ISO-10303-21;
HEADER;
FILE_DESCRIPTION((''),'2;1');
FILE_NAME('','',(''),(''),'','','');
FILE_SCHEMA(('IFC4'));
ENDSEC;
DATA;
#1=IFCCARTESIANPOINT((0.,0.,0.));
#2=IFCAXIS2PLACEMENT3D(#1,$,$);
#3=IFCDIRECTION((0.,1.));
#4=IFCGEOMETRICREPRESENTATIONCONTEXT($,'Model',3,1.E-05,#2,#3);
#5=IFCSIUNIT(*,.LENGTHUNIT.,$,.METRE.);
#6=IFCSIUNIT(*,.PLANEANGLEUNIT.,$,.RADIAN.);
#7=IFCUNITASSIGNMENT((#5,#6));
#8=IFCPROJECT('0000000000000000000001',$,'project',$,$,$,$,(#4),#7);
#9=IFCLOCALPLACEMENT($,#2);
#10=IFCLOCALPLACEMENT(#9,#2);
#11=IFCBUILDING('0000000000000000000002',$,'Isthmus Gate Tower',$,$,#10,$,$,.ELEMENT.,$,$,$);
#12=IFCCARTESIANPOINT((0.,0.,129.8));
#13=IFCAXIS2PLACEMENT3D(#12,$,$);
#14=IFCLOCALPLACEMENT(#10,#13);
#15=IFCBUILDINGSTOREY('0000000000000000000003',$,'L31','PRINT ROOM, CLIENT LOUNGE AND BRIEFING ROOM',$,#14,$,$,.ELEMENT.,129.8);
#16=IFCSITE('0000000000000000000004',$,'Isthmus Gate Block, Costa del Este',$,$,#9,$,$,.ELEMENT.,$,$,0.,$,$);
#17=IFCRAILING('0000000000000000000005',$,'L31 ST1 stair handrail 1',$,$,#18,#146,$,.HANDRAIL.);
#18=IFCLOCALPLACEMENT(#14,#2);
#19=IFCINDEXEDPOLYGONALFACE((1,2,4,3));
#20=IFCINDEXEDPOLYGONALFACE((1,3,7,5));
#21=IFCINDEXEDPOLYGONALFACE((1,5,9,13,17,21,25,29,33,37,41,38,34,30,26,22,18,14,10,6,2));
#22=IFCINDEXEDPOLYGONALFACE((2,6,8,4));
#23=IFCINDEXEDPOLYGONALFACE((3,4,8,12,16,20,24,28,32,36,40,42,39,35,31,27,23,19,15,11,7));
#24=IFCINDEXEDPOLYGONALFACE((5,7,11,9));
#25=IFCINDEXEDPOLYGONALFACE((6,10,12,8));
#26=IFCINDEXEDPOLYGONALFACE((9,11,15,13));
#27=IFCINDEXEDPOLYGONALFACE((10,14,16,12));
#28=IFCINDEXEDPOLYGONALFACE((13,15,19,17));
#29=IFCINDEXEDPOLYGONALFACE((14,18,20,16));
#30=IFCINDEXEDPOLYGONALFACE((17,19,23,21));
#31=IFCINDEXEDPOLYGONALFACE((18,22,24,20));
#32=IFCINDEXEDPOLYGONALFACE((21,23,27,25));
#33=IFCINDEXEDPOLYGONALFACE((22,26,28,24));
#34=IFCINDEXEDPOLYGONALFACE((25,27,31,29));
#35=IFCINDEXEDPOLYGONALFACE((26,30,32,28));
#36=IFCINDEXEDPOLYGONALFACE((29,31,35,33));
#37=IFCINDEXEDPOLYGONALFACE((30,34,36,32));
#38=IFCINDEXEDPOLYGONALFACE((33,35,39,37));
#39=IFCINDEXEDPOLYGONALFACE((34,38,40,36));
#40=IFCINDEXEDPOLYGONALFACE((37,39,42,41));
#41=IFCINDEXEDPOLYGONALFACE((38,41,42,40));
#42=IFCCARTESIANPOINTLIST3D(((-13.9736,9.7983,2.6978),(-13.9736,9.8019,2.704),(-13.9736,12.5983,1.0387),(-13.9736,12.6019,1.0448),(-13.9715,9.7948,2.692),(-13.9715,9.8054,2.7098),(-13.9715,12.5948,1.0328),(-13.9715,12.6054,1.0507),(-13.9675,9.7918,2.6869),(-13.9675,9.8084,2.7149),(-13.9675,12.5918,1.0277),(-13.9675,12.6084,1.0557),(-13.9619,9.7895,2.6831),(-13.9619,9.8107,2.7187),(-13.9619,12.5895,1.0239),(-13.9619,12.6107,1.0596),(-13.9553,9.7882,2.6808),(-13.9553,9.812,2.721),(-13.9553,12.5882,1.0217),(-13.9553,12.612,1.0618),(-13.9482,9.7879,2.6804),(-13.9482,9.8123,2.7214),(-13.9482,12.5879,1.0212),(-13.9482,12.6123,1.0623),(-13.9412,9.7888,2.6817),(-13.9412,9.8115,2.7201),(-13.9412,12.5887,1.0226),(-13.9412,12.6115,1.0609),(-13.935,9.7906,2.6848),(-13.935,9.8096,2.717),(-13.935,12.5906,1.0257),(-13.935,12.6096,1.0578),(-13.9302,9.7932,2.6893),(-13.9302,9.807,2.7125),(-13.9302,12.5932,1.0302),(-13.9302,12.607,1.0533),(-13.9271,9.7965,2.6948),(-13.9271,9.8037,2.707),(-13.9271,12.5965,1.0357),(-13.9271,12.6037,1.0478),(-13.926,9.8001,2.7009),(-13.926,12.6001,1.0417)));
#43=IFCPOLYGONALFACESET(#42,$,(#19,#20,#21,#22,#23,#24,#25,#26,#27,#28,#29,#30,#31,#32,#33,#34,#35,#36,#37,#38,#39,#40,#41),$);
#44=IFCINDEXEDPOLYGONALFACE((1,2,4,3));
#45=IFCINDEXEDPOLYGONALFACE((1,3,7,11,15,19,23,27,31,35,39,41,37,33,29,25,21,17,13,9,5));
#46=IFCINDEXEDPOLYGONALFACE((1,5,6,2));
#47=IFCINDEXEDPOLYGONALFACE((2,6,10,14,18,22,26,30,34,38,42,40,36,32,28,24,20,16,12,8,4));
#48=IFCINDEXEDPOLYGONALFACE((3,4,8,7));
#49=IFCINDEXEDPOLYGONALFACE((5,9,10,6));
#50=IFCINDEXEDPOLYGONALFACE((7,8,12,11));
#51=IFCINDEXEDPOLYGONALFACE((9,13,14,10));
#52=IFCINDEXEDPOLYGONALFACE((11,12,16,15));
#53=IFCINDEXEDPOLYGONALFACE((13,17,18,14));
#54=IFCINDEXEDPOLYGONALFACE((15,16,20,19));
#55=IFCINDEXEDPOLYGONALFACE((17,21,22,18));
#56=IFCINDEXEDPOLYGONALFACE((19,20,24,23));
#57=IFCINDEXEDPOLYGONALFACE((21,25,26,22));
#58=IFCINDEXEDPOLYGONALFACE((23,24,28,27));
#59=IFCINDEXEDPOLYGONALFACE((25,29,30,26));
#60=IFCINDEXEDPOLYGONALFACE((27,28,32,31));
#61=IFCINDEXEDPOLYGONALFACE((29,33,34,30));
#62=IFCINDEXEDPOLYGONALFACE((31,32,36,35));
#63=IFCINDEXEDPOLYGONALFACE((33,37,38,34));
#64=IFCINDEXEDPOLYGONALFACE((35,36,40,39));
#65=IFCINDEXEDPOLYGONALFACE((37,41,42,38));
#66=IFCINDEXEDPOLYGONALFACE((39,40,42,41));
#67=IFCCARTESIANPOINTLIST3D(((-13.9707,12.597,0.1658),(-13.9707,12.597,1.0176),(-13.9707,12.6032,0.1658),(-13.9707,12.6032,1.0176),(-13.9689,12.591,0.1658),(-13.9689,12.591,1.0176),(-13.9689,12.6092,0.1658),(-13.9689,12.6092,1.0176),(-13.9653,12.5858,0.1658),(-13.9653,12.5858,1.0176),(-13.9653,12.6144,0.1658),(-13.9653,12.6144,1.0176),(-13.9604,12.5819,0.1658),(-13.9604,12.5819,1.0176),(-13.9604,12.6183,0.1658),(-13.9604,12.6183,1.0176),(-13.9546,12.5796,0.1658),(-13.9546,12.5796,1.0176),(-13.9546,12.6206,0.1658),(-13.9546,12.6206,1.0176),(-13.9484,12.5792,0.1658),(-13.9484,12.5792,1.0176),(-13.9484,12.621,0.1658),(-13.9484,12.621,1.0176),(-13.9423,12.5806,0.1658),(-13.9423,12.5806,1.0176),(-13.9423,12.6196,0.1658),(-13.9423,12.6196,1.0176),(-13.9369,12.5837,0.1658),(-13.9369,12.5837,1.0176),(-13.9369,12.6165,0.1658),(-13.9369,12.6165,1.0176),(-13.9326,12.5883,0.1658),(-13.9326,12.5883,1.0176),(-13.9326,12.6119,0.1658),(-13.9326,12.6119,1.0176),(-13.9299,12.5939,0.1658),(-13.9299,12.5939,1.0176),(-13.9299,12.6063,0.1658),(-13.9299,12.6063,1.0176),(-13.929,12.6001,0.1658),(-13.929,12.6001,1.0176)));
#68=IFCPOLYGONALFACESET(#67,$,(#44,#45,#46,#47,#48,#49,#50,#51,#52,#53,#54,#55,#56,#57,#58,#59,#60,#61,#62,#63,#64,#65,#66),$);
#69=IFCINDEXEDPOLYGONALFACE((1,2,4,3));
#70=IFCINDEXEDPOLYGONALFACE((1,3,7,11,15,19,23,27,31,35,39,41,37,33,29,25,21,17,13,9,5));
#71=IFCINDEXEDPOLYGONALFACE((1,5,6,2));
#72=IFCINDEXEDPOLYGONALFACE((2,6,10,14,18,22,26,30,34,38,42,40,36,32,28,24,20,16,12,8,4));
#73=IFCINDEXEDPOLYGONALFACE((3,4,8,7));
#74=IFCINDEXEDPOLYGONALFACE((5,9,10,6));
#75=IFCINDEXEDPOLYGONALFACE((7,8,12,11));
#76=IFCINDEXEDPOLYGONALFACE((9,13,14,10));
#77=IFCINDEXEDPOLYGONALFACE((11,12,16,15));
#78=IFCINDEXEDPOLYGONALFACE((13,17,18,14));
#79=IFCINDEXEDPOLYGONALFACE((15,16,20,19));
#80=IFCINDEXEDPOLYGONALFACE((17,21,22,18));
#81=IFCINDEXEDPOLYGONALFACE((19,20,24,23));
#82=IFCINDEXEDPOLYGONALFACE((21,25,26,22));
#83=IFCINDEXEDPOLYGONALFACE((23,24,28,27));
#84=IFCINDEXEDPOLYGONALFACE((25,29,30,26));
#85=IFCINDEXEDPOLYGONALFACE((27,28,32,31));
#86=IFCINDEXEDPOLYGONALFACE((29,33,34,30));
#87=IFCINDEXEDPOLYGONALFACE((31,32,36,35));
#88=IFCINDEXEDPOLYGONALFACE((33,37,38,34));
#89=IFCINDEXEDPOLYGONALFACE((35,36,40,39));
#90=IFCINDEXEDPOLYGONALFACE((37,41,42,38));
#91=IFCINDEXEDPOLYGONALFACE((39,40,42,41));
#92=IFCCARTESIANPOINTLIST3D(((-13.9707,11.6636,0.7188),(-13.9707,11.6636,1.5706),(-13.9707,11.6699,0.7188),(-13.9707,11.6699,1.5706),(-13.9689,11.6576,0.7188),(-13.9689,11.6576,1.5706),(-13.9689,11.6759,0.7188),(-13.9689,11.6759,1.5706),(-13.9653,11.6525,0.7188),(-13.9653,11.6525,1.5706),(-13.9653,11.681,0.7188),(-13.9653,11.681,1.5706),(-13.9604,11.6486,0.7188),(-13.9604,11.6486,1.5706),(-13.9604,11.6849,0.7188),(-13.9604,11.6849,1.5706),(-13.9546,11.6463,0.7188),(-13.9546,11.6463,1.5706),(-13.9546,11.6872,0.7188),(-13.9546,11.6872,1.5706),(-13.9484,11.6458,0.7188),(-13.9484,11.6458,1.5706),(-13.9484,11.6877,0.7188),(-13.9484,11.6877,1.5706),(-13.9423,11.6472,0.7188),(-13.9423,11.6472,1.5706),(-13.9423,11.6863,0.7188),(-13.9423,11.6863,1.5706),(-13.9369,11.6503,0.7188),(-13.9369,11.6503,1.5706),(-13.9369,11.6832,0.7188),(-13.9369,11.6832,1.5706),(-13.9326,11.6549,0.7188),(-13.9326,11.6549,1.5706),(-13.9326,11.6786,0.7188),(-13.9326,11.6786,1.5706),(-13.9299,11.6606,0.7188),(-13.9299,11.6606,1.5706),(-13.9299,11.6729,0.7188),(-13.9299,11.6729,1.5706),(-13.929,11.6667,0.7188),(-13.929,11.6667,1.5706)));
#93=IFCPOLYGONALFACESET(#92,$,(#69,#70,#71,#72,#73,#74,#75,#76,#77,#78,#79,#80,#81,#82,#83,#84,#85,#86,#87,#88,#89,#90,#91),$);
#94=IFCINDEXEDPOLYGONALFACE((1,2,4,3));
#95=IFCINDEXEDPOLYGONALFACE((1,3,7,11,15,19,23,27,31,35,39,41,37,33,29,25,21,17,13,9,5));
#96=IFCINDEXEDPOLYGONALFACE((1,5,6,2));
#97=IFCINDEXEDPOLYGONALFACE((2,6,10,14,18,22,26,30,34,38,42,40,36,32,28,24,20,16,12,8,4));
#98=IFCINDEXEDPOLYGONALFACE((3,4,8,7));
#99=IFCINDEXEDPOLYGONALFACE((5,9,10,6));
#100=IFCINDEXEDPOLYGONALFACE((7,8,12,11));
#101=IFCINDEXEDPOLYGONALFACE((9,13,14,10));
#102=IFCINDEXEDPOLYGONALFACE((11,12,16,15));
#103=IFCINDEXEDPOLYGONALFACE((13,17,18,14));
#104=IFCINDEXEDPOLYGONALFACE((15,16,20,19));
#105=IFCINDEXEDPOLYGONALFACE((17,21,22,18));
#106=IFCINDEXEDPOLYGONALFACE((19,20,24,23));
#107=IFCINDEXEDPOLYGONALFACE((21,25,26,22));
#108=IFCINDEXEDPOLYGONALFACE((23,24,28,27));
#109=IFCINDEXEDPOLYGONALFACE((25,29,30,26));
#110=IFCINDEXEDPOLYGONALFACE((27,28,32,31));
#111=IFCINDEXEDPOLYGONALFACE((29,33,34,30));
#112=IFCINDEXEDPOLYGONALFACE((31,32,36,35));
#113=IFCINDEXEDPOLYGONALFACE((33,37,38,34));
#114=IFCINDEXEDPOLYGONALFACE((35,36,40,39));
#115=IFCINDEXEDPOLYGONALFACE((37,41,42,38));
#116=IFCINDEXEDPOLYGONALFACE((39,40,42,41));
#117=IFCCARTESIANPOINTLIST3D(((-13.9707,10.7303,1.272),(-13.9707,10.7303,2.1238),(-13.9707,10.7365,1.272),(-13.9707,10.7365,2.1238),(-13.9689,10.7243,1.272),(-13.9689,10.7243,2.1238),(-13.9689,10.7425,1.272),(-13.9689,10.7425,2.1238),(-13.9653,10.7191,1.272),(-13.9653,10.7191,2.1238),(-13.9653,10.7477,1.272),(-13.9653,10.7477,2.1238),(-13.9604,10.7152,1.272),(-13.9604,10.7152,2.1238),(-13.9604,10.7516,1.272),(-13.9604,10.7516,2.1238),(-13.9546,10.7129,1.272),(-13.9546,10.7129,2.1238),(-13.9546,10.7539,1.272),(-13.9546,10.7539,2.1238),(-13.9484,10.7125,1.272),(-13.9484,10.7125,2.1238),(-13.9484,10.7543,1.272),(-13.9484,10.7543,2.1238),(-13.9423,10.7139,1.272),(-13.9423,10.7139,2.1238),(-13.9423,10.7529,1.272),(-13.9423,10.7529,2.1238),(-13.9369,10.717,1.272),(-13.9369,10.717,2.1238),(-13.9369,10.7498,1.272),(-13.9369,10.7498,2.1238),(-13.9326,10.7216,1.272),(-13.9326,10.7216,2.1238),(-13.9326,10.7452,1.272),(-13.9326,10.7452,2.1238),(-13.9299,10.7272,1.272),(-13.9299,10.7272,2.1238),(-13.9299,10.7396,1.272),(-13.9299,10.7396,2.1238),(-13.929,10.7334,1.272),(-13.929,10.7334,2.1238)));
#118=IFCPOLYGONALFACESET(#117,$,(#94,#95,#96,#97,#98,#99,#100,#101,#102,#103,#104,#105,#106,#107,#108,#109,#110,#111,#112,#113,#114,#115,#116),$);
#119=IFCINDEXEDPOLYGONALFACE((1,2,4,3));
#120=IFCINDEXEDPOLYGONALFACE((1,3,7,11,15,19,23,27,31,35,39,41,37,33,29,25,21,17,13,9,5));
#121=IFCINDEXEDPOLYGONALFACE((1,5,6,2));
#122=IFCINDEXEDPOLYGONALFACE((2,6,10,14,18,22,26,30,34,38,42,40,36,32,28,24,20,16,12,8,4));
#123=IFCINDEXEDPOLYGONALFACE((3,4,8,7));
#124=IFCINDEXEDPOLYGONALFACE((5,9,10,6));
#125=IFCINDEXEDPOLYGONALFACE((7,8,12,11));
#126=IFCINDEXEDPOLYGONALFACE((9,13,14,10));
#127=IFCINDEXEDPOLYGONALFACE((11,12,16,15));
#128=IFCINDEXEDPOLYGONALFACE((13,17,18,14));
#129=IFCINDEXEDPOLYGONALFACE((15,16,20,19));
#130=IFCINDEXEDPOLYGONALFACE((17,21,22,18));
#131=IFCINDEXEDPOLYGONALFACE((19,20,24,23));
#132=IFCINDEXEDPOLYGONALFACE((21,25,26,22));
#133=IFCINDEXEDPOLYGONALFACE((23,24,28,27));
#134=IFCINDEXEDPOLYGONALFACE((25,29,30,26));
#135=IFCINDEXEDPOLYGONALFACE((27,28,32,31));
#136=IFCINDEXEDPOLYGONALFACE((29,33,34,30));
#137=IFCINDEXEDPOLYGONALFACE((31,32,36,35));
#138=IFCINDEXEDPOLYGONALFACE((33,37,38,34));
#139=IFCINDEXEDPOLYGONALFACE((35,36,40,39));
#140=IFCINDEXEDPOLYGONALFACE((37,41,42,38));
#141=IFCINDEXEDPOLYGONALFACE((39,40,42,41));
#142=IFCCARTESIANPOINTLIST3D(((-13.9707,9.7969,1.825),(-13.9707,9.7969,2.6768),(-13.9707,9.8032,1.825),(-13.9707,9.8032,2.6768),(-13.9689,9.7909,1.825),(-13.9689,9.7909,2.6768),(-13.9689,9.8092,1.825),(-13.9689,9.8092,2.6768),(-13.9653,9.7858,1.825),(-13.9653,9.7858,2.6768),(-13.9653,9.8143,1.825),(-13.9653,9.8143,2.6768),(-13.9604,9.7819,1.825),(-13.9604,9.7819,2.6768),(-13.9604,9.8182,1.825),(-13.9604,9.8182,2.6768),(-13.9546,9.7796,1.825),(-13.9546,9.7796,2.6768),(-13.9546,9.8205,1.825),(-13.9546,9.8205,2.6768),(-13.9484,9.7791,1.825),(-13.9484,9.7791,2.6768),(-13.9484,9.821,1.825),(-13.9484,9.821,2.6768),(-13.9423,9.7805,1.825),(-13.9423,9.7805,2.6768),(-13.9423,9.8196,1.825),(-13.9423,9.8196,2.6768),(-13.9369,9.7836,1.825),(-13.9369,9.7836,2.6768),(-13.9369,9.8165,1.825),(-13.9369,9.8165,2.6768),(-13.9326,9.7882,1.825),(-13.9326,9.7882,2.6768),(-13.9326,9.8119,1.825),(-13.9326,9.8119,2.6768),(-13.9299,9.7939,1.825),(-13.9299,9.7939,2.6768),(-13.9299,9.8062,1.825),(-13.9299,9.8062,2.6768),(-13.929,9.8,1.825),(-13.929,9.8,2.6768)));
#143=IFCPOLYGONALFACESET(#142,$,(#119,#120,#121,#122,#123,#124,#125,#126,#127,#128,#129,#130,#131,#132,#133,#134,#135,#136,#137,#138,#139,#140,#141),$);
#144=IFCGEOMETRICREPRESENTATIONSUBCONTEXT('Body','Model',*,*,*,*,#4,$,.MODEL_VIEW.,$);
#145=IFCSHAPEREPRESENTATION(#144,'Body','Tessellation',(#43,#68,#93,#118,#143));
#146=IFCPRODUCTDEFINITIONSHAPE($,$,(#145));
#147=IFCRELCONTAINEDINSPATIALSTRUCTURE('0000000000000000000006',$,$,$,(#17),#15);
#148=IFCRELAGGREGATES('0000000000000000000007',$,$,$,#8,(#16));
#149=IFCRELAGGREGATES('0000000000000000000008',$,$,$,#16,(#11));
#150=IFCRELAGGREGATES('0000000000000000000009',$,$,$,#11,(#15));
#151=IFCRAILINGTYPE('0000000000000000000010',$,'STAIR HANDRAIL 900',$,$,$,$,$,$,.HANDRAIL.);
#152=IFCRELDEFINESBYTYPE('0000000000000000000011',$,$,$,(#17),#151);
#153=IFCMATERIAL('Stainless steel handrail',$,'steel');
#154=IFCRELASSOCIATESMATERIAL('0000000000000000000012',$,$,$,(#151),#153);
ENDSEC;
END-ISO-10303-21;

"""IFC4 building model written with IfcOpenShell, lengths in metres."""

from ifc_helpers import new_model, si_unit, direction, frame, origin, origin_2d, place, context, subcontext, project, spatial, circle, extrude, material, type_object, element, save


model = new_model("IFC4")

# Units and contexts
model_context = context("Model", 3, precision=1e-05, world=origin(), true_north=direction((0.0, 1.0)))
body_context = subcontext(model_context, "Body", "Model", "MODEL_VIEW")
ifc_project = project(units=[si_unit("LENGTHUNIT", "METRE"), si_unit("PLANEANGLEUNIT", "RADIAN")], contexts=[model_context])

# Site, building, storey
site_placement = place(None, origin())
site = spatial("IfcSite", under=ifc_project, at=site_placement, Name="Isthmus Gate Block, Costa del Este", CompositionType="ELEMENT", RefElevation=0.0)
building_placement = place(site_placement, origin())
building = spatial("IfcBuilding", under=site, at=building_placement, Name="Isthmus Gate Tower", CompositionType="ELEMENT")
storey_placement = place(building_placement, frame((0.0, 0.0, 129.8)))
storey = spatial("IfcBuildingStorey", under=building, at=storey_placement, Name="L31", Description="PRINT ROOM, CLIENT LOUNGE AND BRIEFING ROOM", CompositionType="ELEMENT", Elevation=129.8)

# Railing
ifc_material_1 = material(Name="Stainless steel handrail", Category="steel")
railing_type_1 = type_object("IfcRailingType", Name="STAIR HANDRAIL 900", PredefinedType="HANDRAIL", material=ifc_material_1)
railing_1_placement = place(storey_placement, frame((-13.95, 12.6001, 0.1658)))
element("IfcRailing", 1, at=railing_1_placement, inside=storey, type_object=railing_type_1, Name="L31 ST1 stair handrail 1", PredefinedType="HANDRAIL", context=body_context, shape_type="SweptSolid", body=[
    extrude(circle(Radius=0.0239, at=origin_2d()), frame((0.0, 0.0, 0.876), z_axis=(0.0, -0.860306, 0.509778), x_axis=(1.0, 0.0, 0.0)), (0.0, 0.0, 1.0), 3.2546),
    extrude(circle(Radius=0.021, at=origin_2d()), origin(), (0.0, 0.0, 1.0), 0.8518),
    extrude(circle(Radius=0.021, at=origin_2d()), frame((0.0, -0.9333, 0.553)), (0.0, 0.0, 1.0), 0.8518),
    extrude(circle(Radius=0.021, at=origin_2d()), frame((0.0, -1.8667, 1.1062)), (0.0, 0.0, 1.0), 0.8518),
    extrude(circle(Radius=0.021, at=origin_2d()), frame((0.0, -2.8, 1.6592)), (0.0, 0.0, 1.0), 0.8518),
])

save(model, "model.ifc")
